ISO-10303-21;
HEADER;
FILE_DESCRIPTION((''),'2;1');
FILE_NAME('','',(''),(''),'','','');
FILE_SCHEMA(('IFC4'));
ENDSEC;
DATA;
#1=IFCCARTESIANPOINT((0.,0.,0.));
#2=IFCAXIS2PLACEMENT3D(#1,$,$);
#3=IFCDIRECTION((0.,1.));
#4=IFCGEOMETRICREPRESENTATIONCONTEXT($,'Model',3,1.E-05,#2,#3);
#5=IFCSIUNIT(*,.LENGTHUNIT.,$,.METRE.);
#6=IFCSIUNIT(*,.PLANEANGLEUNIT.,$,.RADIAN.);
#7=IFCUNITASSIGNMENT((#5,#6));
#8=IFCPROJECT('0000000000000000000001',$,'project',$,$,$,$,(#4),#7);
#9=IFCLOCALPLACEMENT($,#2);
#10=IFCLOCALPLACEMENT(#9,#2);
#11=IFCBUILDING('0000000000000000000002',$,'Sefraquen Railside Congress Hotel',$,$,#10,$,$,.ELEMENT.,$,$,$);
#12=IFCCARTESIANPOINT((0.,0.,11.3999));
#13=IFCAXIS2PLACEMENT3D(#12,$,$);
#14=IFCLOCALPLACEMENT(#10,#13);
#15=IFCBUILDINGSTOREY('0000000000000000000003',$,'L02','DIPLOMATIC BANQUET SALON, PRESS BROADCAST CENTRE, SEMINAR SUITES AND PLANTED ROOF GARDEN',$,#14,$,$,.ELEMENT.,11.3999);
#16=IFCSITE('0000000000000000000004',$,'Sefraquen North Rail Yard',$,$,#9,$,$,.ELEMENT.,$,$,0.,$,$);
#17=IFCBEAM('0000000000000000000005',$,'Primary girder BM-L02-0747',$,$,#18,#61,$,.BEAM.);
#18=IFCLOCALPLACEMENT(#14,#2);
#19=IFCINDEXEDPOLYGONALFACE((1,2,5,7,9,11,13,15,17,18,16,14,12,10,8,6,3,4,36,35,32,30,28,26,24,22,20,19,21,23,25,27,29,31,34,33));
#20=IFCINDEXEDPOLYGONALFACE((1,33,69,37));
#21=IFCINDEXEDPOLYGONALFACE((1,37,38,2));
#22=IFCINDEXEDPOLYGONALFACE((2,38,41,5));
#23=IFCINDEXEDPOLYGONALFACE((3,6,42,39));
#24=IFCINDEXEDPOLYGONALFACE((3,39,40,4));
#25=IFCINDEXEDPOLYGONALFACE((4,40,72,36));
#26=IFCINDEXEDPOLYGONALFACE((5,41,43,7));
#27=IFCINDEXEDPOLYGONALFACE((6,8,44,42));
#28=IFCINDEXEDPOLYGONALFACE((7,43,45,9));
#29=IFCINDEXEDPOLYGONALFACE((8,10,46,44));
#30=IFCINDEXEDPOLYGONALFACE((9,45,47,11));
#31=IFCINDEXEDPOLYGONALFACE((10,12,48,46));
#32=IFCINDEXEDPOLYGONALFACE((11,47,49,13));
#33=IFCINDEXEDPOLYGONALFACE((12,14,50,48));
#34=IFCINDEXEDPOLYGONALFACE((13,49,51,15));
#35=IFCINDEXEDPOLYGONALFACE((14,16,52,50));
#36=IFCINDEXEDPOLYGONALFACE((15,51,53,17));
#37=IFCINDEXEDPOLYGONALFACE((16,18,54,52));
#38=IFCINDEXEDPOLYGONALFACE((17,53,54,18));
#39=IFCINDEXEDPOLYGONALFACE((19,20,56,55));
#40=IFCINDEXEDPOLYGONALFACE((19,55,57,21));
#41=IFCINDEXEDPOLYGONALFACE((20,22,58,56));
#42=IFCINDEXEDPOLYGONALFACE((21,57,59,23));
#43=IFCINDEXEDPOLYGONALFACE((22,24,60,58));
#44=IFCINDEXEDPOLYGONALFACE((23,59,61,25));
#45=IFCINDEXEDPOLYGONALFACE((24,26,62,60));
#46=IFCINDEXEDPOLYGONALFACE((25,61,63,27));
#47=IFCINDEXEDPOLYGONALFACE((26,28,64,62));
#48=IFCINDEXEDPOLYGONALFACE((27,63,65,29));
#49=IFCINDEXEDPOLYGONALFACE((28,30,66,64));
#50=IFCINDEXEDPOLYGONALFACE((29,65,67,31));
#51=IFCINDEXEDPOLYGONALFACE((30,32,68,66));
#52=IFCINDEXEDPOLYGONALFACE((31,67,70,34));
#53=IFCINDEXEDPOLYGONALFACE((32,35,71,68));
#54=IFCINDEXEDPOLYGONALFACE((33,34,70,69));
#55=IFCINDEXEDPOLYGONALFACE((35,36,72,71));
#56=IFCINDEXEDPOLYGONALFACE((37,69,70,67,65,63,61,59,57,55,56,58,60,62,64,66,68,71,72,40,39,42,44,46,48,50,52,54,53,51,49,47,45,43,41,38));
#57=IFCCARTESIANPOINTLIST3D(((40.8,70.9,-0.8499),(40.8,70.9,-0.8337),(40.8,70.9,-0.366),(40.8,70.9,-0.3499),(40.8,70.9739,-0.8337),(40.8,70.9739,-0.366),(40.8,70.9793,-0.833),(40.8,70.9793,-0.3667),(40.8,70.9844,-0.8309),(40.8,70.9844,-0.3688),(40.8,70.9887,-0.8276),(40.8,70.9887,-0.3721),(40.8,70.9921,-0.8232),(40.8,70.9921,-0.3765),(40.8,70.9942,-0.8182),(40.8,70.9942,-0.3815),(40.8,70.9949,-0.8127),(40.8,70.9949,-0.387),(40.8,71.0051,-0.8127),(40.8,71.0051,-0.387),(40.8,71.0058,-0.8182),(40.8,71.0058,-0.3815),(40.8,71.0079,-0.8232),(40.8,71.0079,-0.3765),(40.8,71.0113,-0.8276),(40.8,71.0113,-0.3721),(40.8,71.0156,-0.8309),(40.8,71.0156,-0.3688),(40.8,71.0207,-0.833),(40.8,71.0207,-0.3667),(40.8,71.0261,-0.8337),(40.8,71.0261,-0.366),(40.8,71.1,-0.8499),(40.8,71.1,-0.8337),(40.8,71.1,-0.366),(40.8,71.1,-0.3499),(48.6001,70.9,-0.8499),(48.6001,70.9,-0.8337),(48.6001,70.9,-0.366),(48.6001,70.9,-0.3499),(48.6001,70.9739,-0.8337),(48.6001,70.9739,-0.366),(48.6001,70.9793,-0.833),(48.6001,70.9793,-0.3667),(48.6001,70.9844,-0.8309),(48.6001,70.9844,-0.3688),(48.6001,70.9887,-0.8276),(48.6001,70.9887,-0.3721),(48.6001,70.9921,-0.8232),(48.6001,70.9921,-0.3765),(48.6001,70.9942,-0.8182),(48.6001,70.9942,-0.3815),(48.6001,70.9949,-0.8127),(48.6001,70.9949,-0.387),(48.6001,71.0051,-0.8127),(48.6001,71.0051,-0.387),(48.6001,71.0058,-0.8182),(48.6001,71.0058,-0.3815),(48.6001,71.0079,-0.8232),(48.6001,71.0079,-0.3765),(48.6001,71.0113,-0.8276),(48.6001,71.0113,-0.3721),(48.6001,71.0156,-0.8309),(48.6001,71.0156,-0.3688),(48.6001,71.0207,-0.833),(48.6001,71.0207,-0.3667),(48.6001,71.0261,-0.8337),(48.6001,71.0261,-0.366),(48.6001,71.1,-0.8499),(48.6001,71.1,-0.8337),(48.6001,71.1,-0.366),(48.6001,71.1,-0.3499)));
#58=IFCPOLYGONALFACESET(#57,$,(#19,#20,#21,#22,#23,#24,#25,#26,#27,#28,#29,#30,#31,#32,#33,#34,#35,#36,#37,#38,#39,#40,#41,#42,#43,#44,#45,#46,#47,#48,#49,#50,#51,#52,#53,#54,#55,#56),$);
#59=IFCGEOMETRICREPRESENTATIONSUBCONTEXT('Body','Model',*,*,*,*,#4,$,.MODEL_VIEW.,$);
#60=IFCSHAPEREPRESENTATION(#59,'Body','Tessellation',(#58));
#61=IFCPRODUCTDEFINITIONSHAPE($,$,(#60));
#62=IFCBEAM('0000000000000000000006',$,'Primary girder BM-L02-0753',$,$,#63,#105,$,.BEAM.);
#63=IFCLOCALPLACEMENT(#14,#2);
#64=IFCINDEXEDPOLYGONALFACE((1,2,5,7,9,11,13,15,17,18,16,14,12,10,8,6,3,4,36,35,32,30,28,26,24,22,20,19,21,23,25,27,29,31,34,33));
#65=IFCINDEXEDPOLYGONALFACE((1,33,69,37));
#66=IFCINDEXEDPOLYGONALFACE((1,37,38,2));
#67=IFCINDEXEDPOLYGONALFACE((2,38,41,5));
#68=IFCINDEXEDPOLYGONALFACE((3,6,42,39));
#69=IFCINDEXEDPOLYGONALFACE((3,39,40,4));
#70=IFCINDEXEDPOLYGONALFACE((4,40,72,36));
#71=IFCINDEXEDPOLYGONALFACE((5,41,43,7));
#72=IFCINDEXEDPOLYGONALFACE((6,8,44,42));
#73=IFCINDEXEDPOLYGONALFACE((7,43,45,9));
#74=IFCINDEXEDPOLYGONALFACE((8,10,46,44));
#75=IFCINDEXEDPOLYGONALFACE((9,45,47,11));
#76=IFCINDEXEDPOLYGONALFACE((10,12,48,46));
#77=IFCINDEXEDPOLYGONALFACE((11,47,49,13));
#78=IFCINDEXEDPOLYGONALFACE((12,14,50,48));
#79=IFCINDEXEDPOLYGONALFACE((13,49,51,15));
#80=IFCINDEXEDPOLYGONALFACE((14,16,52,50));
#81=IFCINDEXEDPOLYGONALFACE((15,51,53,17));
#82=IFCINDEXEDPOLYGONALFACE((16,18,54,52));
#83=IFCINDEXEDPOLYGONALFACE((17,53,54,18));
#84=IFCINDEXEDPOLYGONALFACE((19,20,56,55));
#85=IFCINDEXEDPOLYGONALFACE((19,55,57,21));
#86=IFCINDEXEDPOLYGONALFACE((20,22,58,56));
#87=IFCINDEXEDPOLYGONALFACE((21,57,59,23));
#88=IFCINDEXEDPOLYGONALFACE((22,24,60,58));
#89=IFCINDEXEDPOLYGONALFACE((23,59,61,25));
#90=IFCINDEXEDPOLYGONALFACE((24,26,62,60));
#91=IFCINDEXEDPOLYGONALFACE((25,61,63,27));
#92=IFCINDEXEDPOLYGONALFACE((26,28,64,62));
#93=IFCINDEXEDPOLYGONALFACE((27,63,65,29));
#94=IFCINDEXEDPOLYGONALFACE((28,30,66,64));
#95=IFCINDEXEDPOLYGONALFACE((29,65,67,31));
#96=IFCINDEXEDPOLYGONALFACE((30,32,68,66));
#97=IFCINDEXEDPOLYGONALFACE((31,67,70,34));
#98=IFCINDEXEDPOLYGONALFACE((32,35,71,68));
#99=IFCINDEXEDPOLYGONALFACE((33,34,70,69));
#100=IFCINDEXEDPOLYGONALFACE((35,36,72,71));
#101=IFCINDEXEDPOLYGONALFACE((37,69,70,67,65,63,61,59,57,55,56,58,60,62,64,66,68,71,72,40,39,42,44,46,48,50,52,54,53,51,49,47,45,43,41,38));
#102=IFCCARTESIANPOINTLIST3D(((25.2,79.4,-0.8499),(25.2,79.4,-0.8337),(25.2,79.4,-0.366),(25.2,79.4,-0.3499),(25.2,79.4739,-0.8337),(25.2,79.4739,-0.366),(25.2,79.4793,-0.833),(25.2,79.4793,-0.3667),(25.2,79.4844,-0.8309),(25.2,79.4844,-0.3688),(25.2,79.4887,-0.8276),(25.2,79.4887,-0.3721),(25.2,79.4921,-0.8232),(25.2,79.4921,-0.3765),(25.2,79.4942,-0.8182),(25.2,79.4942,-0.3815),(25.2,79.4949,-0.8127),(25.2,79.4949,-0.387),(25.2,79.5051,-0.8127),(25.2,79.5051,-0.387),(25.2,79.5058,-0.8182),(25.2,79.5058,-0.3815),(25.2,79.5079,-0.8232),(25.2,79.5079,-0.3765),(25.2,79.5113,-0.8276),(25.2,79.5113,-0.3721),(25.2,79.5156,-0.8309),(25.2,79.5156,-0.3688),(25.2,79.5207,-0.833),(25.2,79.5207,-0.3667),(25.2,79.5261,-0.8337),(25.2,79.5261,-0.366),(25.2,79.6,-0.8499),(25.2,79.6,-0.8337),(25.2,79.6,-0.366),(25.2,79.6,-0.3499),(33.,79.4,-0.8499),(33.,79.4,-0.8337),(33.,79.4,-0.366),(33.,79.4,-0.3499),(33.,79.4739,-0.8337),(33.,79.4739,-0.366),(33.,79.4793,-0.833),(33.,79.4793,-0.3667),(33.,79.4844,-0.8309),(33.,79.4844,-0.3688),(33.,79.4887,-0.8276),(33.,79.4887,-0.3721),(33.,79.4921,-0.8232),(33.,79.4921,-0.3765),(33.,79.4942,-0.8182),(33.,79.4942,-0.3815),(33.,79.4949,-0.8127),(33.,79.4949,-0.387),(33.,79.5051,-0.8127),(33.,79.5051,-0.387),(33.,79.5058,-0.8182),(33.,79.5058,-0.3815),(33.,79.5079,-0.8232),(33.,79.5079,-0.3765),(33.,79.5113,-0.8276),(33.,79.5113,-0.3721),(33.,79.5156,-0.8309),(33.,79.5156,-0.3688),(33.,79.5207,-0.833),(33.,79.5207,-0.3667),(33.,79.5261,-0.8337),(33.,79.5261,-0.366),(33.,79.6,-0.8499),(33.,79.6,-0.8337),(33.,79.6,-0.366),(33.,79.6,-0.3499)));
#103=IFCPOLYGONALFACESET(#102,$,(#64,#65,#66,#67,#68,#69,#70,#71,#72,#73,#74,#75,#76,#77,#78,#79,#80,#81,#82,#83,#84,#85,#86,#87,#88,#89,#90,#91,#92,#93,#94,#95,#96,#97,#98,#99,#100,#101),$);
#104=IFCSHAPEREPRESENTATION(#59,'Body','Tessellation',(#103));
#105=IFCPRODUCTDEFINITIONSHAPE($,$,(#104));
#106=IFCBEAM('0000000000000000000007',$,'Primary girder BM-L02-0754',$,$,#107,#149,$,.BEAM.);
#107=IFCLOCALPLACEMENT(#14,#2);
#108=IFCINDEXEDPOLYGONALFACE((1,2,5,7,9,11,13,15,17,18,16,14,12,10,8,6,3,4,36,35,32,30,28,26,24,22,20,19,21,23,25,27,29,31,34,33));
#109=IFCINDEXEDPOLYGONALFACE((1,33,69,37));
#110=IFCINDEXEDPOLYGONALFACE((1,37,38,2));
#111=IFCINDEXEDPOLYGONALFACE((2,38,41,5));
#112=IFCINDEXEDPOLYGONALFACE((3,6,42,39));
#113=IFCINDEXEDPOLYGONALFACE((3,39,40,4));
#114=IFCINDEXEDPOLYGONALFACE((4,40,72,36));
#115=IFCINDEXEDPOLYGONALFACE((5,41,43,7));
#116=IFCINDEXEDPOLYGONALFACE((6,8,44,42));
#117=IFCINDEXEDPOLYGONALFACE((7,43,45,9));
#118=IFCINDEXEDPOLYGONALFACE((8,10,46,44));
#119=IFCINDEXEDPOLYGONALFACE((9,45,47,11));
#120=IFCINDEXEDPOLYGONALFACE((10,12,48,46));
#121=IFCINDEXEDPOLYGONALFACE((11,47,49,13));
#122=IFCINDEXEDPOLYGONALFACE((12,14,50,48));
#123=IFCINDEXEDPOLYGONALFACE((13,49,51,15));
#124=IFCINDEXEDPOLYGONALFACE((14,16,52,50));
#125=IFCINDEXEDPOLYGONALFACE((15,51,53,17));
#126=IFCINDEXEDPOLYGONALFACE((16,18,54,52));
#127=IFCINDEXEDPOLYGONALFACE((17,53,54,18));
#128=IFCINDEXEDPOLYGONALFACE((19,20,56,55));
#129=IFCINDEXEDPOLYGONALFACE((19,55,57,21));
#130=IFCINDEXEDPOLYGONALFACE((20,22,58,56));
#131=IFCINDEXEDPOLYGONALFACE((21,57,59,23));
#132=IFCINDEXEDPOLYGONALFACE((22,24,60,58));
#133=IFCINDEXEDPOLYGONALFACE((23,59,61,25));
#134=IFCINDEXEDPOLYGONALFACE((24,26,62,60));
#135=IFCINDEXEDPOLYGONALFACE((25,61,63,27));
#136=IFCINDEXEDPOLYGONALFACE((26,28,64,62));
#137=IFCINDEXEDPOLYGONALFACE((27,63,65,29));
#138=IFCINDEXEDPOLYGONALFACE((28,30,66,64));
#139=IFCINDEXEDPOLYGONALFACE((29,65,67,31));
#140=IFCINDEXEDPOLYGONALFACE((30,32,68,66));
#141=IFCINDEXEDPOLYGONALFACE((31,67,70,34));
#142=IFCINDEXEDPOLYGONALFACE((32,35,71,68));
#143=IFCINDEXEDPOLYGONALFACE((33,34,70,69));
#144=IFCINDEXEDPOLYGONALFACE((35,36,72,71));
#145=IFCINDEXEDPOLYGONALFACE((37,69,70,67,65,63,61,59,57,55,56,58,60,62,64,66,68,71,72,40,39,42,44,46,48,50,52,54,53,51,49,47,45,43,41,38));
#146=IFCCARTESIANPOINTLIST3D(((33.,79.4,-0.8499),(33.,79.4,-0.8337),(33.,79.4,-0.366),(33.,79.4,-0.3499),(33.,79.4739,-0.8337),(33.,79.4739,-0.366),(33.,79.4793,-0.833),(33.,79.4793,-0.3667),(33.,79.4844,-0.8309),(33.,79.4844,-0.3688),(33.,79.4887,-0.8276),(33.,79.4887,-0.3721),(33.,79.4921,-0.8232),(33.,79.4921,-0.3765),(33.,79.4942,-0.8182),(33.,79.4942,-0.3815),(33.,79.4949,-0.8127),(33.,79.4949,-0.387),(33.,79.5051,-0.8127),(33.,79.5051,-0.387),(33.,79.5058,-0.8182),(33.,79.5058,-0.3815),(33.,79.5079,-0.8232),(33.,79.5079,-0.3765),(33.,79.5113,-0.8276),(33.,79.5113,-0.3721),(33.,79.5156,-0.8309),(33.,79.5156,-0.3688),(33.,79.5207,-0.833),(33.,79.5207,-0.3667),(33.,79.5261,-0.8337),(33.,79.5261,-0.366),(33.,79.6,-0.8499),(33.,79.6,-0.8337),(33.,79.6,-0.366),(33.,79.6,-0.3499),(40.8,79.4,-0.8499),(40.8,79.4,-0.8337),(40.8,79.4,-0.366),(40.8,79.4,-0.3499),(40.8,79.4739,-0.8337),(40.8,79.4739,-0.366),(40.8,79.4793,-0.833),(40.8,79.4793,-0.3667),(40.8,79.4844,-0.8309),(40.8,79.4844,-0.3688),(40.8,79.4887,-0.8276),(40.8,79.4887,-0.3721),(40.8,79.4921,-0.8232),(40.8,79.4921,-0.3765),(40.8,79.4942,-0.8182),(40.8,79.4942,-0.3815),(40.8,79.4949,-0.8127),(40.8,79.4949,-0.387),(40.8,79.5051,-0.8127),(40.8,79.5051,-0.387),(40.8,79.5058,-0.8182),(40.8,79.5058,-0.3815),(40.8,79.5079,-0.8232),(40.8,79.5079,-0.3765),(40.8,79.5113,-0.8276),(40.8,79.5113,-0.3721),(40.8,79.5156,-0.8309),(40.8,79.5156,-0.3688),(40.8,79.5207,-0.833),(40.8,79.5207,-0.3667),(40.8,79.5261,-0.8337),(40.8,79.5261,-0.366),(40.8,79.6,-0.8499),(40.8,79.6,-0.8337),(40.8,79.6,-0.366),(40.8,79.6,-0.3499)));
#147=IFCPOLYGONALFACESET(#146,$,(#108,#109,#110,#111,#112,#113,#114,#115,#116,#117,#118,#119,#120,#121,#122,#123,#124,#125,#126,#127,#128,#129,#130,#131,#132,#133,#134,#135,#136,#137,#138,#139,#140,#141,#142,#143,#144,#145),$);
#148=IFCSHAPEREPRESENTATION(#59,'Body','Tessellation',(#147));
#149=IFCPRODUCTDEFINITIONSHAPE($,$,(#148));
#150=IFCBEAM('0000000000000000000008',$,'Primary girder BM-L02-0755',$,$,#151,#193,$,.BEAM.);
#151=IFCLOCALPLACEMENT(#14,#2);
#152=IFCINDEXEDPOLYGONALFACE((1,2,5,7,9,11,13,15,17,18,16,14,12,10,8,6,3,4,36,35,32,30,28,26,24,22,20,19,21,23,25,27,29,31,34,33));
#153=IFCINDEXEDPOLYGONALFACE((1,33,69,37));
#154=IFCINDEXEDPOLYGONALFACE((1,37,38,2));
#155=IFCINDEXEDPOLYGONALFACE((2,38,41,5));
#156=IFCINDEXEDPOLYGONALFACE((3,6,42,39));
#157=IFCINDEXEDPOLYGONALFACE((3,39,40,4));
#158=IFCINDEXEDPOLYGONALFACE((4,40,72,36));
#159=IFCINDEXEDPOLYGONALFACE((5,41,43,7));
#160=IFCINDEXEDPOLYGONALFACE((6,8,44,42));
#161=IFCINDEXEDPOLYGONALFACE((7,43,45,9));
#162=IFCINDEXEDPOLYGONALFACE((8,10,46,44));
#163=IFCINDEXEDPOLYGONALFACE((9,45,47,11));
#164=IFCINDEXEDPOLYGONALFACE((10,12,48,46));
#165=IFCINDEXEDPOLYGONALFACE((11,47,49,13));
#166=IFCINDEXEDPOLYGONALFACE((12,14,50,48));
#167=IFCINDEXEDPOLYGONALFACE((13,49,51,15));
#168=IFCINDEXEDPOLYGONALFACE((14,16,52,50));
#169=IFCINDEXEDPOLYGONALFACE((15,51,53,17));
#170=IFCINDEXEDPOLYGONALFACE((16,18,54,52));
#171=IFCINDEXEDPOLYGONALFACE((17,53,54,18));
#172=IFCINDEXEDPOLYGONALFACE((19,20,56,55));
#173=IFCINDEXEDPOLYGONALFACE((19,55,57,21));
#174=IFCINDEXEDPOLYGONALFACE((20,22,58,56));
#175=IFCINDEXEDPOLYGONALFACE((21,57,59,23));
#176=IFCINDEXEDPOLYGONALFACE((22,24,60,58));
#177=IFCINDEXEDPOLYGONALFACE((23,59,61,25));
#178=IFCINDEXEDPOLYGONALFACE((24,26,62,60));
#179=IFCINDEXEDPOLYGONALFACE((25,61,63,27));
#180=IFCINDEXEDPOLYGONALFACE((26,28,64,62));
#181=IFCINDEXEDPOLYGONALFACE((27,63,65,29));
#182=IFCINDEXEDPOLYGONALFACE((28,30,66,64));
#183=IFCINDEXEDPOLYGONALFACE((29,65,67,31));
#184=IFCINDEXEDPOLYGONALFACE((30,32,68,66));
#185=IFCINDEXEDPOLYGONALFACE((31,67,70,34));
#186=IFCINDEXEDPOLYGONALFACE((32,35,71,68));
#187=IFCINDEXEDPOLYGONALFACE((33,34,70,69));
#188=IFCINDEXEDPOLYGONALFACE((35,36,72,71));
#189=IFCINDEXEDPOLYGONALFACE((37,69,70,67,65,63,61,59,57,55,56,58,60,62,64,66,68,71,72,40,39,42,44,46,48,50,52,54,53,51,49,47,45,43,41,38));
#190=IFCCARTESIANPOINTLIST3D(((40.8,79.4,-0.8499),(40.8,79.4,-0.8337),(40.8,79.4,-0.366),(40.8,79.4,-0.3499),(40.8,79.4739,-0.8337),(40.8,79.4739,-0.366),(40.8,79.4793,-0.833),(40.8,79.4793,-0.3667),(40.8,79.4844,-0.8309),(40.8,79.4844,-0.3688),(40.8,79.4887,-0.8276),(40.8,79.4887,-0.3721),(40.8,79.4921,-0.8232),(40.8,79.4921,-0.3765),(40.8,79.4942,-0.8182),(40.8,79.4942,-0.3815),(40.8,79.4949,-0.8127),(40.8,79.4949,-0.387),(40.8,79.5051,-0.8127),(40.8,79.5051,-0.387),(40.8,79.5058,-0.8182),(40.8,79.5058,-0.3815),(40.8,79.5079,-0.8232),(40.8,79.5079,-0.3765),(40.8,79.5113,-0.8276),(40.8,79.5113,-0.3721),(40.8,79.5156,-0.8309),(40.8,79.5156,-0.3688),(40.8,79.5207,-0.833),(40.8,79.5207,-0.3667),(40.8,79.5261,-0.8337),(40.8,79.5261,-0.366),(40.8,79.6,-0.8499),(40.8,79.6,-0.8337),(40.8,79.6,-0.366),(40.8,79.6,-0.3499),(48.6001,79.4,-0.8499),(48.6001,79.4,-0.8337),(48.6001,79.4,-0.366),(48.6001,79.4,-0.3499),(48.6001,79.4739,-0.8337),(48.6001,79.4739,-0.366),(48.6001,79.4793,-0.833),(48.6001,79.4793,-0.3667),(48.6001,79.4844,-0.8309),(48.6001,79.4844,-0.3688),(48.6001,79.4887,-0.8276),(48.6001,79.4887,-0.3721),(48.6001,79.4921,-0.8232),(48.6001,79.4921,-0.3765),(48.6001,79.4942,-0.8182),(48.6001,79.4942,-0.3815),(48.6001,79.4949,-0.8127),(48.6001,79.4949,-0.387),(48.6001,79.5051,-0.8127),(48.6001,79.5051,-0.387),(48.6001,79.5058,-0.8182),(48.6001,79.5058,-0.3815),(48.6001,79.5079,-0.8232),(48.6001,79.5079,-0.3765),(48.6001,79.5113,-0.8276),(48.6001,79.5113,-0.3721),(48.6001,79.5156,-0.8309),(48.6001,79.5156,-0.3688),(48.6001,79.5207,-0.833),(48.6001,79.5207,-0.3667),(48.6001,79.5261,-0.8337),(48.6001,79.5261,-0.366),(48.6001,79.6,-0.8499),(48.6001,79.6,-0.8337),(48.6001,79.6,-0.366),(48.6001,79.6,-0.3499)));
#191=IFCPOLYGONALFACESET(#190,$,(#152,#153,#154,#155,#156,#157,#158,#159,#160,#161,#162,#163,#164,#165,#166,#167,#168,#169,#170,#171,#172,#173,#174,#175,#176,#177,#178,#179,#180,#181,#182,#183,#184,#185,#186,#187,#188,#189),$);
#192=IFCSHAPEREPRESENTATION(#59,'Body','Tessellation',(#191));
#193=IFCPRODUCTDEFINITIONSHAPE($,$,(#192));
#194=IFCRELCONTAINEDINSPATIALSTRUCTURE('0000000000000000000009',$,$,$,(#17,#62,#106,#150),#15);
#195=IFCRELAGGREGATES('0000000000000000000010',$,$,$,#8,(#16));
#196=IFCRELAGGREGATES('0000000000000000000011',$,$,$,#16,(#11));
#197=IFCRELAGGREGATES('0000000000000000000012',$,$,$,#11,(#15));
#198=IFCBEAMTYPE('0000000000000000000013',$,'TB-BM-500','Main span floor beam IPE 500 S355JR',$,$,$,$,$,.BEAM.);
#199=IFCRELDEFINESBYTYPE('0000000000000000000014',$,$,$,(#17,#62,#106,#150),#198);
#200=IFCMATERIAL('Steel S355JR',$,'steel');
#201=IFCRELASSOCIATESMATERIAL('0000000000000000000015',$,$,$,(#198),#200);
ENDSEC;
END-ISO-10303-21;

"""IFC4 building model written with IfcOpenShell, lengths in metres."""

from ifc_helpers import new_model, si_unit, direction, frame, origin, origin_2d, place, context, subcontext, project, spatial, i_section, extrude, material, material_profile, profile_set, type_object, element, save


model = new_model("IFC4")

# Units and contexts
model_context = context("Model", 3, precision=1e-05, world=origin(), true_north=direction((0.0, 1.0)))
body_context = subcontext(model_context, "Body", "Model", "MODEL_VIEW")
ifc_project = project(units=[si_unit("LENGTHUNIT", "METRE"), si_unit("PLANEANGLEUNIT", "RADIAN")], contexts=[model_context])

# Site, building, storey
site_placement = place(None, origin())
site = spatial("IfcSite", under=ifc_project, at=site_placement, Name="Sefraquen North Rail Yard", CompositionType="ELEMENT", RefElevation=0.0)
building_placement = place(site_placement, origin())
building = spatial("IfcBuilding", under=site, at=building_placement, Name="Sefraquen Railside Congress Hotel", CompositionType="ELEMENT")
storey_placement = place(building_placement, frame((0.0, 0.0, 11.3999)))
storey = spatial("IfcBuildingStorey", under=building, at=storey_placement, Name="L02", Description="DIPLOMATIC BANQUET SALON, PRESS BROADCAST CENTRE, SEMINAR SUITES AND PLANTED ROOF GARDEN", CompositionType="ELEMENT", Elevation=11.3999)

# Shared definitions
ifc_material_1 = material(Name="Steel S355JR", Category="steel")

# Beams
ifc_material_profile_1 = material_profile(ifc_material_1, i_section(OverallWidth=0.2, OverallDepth=0.5, WebThickness=0.0103, FlangeThickness=0.0161, FilletRadius=0.021, at=origin_2d()), Name="IPE 500")
ifc_profile_set_1 = profile_set([ifc_material_profile_1], Name="Steel S355JR")
beam_type_1 = type_object("IfcBeamType", Name="TB-BM-500", Description="Main span floor beam IPE 500 S355JR", PredefinedType="BEAM", material=ifc_profile_set_1)
for number, where, z_axis, x_axis, name in (
    (1, (40.8, 71.0, -0.5999), (1.0, 0.0, 0.0), (0.0, 1.0, 0.0), "Primary girder BM-L02-0747"),
    (2, (25.2, 79.5, -0.5999), (1.0, 0.0, 0.0), (0.0, 1.0, 0.0), "Primary girder BM-L02-0753"),
    (3, (33.0, 79.5, -0.5999), (1.0, 0.0, 0.0), (0.0, 1.0, 0.0), "Primary girder BM-L02-0754"),
    (4, (40.8, 79.5, -0.5999), (1.0, 0.0, 0.0), (0.0, 1.0, 0.0), "Primary girder BM-L02-0755"),
):
    element("IfcBeam", number, at=place(storey_placement, frame(where, z_axis=z_axis, x_axis=x_axis)), inside=storey, type_object=beam_type_1, Name=name, PredefinedType="BEAM", context=body_context, shape_type="SweptSolid", body=[
        extrude(i_section(OverallWidth=0.2, OverallDepth=0.5, WebThickness=0.0103, FlangeThickness=0.0161, FilletRadius=0.021, at=origin_2d()), origin(), (0.0, 0.0, 1.0), 7.8),
    ])

save(model, "model.ifc")
